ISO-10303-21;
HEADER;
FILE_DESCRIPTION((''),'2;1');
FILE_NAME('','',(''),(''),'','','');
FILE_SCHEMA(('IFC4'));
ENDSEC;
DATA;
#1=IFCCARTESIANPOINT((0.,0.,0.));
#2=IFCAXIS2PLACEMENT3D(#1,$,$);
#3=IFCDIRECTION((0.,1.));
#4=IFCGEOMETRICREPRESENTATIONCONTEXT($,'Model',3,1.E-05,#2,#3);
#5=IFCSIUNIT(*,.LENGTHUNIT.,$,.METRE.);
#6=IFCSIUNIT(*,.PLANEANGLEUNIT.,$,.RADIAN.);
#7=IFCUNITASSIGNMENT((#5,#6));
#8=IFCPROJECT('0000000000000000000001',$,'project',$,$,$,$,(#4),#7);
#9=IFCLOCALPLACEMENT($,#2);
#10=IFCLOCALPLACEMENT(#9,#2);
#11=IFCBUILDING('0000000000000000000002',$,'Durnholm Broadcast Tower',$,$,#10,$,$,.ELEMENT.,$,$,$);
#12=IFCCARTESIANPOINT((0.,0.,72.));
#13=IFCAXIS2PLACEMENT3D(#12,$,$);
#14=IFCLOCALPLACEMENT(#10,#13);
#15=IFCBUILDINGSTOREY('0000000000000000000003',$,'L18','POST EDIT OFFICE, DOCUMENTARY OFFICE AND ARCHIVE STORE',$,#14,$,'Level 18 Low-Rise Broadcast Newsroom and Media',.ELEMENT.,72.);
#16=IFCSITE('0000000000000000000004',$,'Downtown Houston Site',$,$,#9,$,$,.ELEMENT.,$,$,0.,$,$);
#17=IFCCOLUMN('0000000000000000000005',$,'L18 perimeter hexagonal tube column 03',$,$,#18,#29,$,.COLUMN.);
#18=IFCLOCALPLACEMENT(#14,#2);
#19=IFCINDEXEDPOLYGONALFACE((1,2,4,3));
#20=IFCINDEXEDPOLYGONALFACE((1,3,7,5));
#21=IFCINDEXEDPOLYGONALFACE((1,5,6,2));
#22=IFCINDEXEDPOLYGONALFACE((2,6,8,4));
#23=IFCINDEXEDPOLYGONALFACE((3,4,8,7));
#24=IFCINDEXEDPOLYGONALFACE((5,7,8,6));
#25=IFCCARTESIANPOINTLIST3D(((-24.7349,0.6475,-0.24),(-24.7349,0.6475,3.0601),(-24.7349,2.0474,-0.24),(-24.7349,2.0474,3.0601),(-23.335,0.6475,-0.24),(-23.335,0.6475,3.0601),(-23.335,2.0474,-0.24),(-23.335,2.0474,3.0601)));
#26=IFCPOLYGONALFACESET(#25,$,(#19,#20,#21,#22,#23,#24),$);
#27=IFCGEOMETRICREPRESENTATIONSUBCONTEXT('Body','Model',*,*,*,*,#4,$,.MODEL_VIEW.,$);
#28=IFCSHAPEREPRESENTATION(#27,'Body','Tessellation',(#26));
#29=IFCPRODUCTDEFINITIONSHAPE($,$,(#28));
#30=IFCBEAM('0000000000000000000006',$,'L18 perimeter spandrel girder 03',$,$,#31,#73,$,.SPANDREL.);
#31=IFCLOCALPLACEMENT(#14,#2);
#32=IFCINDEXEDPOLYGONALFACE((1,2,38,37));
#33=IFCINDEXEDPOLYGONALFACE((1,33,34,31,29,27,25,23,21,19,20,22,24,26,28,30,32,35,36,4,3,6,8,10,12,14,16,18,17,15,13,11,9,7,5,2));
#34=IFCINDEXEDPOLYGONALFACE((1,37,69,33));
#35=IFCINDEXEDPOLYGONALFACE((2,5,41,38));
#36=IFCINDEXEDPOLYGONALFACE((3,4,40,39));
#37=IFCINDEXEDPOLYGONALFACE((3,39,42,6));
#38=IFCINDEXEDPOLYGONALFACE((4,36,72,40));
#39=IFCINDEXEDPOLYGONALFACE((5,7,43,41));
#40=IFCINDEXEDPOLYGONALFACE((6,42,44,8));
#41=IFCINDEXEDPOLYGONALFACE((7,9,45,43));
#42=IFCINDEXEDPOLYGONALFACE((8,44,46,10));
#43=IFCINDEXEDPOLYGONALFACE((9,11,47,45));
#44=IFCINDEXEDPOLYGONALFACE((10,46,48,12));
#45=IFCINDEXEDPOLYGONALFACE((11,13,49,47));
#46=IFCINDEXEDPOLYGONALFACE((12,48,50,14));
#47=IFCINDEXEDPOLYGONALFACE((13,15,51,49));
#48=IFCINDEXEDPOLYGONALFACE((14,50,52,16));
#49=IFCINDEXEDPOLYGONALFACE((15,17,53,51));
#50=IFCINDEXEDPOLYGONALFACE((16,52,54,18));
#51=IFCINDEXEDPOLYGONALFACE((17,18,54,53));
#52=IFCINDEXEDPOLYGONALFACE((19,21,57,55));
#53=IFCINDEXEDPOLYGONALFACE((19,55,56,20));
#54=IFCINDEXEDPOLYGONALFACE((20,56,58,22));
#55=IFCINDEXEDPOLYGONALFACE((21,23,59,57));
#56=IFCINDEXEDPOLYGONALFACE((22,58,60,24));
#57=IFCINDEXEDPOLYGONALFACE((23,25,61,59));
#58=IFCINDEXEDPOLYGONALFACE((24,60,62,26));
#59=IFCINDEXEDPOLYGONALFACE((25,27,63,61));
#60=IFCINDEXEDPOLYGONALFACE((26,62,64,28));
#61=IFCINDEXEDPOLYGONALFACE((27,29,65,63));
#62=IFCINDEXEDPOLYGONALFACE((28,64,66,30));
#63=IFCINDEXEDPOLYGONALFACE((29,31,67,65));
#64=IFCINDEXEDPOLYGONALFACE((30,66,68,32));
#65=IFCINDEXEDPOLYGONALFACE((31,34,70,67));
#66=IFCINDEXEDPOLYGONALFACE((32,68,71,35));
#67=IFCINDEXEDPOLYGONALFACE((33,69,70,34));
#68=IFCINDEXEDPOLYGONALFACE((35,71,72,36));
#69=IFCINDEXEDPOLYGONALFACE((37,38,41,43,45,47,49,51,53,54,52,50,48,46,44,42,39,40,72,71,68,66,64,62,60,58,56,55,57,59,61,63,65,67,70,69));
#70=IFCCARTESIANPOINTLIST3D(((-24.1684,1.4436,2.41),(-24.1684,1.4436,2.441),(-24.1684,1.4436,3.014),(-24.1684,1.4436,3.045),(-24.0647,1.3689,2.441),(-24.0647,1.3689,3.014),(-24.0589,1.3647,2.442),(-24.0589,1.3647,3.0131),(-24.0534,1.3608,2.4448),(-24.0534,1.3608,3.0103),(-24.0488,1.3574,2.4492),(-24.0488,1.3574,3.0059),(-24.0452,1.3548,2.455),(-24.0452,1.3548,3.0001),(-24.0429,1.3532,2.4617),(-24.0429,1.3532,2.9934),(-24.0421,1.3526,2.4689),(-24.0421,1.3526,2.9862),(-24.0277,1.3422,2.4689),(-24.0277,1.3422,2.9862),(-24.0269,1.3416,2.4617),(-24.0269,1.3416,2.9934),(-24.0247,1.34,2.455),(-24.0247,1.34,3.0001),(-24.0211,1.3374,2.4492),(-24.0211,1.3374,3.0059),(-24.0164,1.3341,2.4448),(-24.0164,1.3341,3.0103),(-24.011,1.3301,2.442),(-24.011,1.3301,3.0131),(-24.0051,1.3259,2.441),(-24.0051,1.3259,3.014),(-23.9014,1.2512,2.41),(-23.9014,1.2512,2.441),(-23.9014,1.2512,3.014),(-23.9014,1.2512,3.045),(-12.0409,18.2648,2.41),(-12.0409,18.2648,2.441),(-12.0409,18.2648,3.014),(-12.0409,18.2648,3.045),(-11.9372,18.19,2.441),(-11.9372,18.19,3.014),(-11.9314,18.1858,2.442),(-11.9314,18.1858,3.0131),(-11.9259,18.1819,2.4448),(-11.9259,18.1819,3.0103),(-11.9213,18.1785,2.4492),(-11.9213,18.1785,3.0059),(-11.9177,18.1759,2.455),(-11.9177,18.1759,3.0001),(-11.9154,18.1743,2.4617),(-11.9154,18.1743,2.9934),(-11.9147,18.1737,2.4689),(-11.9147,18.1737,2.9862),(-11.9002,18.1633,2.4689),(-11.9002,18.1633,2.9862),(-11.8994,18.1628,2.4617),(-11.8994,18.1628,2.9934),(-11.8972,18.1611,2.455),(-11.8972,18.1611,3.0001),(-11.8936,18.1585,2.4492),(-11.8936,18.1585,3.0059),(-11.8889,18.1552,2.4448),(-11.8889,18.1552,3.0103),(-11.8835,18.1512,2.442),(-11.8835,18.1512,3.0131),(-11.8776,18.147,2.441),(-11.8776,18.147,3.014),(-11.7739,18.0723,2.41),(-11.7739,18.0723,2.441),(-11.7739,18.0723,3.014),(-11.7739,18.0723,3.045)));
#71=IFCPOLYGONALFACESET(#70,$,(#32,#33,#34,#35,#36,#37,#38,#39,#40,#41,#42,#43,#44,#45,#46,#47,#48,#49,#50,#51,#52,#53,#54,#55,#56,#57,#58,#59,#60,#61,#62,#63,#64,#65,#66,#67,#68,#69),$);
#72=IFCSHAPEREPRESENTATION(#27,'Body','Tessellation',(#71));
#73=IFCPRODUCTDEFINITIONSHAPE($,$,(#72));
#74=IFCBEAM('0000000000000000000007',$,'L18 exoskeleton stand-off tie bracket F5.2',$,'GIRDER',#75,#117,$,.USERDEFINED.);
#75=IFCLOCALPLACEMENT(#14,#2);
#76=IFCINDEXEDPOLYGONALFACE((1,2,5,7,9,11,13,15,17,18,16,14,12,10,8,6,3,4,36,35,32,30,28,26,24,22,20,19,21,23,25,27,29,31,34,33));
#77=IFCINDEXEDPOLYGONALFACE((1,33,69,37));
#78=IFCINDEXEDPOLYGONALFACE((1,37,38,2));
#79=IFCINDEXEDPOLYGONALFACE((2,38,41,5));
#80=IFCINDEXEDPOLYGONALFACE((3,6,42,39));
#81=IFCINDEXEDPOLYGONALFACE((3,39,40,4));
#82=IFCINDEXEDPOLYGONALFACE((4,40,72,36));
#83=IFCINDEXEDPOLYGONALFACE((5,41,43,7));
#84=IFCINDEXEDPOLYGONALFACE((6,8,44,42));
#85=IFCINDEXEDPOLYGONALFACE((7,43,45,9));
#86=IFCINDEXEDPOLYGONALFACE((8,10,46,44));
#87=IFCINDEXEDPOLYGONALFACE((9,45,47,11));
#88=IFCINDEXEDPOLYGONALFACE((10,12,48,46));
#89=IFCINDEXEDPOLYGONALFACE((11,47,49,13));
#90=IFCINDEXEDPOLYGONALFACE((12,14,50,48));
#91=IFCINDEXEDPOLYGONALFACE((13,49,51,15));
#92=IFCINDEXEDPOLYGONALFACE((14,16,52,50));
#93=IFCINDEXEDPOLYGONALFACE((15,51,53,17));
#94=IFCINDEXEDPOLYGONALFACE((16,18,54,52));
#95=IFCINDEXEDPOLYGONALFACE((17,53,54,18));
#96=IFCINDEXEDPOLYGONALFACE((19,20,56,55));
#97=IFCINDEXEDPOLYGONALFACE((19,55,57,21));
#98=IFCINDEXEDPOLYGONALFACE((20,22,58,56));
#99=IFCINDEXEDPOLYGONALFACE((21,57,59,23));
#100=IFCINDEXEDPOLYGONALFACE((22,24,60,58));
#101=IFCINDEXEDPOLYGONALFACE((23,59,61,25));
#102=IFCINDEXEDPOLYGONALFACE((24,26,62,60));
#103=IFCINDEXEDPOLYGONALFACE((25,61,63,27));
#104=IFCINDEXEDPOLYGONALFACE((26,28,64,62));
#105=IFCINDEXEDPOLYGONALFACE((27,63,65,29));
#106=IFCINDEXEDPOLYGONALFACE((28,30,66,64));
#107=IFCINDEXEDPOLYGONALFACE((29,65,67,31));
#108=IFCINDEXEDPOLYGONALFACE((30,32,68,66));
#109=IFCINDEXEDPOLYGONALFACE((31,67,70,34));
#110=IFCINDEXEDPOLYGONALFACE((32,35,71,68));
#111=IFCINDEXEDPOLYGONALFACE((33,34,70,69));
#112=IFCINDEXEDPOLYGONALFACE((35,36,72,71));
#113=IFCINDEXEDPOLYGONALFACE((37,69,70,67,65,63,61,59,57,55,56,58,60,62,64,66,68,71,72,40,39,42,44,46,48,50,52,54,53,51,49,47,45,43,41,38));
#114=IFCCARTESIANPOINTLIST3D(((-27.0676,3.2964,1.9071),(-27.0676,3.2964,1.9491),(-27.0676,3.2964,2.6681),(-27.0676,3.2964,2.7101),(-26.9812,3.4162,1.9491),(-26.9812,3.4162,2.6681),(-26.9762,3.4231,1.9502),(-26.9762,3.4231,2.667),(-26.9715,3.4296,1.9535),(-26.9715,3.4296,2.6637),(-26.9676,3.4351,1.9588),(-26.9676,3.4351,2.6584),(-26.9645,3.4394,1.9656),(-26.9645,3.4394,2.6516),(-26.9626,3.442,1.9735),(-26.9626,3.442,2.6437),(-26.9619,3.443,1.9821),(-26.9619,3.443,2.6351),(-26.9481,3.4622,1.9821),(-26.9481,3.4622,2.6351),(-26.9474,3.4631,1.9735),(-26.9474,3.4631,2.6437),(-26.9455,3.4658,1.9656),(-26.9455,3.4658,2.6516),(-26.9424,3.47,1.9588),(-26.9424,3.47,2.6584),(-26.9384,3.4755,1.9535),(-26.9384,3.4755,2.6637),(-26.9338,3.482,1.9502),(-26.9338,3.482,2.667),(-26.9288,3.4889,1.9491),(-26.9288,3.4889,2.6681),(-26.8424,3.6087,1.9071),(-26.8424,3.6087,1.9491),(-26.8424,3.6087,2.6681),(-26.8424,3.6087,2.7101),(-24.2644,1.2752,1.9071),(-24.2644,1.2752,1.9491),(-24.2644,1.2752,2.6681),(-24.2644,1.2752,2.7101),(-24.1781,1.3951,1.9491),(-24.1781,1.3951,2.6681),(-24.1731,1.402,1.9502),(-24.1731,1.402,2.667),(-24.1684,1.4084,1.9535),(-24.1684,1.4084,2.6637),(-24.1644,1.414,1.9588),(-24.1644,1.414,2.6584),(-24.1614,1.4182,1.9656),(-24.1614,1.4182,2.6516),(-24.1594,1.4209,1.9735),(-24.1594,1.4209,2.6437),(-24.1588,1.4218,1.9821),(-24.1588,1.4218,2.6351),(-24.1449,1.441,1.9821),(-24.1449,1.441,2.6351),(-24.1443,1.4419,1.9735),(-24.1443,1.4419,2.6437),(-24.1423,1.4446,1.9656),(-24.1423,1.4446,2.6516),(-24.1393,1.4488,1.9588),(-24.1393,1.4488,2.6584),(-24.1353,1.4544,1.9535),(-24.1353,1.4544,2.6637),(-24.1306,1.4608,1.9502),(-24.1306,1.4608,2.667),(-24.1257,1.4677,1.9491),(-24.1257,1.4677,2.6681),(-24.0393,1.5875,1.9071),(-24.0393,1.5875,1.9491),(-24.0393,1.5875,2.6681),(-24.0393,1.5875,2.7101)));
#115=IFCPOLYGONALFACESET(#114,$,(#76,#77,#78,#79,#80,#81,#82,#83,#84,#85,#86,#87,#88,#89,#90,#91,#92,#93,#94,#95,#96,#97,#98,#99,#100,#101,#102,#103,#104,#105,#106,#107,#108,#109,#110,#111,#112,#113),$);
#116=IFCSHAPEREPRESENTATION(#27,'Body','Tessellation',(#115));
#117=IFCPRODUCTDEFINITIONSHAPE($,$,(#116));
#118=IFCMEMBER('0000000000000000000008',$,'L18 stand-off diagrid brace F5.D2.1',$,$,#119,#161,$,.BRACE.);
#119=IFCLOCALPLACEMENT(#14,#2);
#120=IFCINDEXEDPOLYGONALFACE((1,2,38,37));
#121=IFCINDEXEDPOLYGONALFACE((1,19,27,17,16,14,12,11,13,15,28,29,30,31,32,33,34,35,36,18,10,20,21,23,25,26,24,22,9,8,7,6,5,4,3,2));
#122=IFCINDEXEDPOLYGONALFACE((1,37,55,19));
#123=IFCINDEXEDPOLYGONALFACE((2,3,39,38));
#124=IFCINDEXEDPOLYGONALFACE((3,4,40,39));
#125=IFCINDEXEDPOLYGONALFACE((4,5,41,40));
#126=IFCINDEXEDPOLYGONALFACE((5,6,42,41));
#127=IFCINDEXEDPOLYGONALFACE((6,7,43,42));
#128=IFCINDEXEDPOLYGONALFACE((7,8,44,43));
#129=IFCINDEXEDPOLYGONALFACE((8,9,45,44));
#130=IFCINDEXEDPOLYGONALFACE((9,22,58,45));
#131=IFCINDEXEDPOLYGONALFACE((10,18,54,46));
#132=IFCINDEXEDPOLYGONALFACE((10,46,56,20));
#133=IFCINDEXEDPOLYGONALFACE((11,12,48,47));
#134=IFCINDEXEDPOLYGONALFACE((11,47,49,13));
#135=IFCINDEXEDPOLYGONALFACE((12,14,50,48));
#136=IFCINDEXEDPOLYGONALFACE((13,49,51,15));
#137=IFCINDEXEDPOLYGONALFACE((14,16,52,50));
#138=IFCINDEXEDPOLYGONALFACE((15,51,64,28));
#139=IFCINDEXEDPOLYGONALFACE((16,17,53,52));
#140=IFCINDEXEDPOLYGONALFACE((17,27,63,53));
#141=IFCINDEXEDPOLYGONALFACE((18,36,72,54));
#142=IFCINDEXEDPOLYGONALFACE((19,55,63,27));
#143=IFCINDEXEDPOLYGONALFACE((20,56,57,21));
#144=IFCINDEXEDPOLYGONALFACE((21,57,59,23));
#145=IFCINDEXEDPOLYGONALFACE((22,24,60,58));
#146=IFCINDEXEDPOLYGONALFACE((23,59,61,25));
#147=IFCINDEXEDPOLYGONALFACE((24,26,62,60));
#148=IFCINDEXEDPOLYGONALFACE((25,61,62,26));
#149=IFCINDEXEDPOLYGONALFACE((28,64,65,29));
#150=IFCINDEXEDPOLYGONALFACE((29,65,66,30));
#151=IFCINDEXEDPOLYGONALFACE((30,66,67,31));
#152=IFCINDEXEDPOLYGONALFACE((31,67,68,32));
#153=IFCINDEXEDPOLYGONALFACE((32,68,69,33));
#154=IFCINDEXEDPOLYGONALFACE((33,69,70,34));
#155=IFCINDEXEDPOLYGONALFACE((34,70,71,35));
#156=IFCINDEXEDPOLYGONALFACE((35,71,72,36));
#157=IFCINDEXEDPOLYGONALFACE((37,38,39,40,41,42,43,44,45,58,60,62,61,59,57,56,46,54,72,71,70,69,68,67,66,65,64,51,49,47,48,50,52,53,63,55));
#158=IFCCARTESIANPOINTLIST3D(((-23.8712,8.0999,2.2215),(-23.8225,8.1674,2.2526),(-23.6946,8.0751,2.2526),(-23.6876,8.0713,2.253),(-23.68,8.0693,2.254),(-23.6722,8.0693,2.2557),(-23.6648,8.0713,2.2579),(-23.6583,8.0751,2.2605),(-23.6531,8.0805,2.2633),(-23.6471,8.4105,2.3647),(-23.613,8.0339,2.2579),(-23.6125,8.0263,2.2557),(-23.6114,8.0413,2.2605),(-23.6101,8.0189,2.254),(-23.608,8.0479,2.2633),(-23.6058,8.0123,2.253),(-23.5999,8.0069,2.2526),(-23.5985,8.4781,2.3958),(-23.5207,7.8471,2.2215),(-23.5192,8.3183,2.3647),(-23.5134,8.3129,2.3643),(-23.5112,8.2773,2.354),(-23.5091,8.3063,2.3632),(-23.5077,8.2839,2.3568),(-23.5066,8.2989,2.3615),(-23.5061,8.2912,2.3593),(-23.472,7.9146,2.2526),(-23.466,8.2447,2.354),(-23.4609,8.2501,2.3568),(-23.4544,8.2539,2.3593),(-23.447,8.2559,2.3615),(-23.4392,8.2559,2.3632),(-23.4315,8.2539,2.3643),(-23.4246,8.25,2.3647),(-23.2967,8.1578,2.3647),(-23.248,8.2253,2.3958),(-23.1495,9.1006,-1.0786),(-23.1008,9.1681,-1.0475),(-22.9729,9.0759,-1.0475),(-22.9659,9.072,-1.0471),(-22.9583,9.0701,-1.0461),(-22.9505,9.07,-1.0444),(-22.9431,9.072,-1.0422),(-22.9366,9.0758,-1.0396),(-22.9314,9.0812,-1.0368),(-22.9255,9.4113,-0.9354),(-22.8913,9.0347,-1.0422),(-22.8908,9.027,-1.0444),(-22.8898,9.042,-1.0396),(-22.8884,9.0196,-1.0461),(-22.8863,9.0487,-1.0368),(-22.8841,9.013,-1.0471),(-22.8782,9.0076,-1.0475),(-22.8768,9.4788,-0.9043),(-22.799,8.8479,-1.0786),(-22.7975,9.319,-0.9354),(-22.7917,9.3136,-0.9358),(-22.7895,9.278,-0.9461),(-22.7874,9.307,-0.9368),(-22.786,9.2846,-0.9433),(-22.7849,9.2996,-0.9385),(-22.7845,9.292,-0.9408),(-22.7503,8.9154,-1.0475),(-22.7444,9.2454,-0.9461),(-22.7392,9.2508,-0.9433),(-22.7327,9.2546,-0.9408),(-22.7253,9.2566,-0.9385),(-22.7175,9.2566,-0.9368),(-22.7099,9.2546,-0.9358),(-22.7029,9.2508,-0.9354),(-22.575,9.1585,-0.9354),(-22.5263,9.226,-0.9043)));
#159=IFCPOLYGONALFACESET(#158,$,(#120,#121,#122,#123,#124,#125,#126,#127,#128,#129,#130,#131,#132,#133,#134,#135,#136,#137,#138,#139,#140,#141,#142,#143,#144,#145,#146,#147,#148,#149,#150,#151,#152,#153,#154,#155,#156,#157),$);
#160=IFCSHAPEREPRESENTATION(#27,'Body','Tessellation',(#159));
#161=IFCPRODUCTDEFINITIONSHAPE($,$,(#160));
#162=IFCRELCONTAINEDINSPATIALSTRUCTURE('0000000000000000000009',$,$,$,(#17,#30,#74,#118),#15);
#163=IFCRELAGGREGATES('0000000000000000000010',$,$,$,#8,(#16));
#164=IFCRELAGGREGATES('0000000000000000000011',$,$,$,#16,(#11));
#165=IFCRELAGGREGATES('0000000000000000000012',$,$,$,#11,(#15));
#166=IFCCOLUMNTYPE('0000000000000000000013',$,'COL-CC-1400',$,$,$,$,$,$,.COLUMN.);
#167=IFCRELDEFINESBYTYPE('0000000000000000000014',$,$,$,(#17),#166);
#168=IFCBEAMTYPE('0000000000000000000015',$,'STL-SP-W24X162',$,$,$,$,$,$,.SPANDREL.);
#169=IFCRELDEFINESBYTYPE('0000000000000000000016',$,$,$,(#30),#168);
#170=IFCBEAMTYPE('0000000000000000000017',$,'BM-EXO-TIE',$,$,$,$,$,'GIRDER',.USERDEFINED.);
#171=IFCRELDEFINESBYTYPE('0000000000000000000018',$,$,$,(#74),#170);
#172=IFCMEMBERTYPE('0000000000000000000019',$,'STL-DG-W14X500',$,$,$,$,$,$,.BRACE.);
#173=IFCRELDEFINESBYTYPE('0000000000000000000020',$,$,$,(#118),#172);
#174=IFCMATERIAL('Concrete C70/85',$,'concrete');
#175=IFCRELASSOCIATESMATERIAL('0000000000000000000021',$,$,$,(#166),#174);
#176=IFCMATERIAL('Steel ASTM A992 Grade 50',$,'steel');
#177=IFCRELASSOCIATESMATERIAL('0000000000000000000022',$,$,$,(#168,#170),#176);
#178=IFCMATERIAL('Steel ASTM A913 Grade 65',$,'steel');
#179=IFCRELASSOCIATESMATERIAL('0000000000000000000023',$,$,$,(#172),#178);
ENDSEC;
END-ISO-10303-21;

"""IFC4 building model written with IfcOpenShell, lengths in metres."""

from ifc_helpers import new_model, si_unit, direction, frame, origin, origin_2d, place, context, subcontext, project, spatial, rectangle, i_section, extrude, source, transform, mapped, material, material_profile, profile_set, type_object, type_shapes, element, save


model = new_model("IFC4")

# Units and contexts
model_context = context("Model", 3, precision=1e-05, world=origin(), true_north=direction((0.0, 1.0)))
body_context = subcontext(model_context, "Body", "Model", "MODEL_VIEW")
ifc_project = project(units=[si_unit("LENGTHUNIT", "METRE"), si_unit("PLANEANGLEUNIT", "RADIAN")], contexts=[model_context])

# Site, building, storey
site_placement = place(None, origin())
site = spatial("IfcSite", under=ifc_project, at=site_placement, Name="Downtown Houston Site", CompositionType="ELEMENT", RefElevation=0.0)
building_placement = place(site_placement, origin())
building = spatial("IfcBuilding", under=site, at=building_placement, Name="Durnholm Broadcast Tower", CompositionType="ELEMENT")
storey_placement = place(building_placement, frame((0.0, 0.0, 72.0)))
storey = spatial("IfcBuildingStorey", under=building, at=storey_placement, Name="L18", Description="POST EDIT OFFICE, DOCUMENTARY OFFICE AND ARCHIVE STORE", LongName="Level 18 Low-Rise Broadcast Newsroom and Media", CompositionType="ELEMENT", Elevation=72.0)

# Column
ifc_material_1 = material(Name="Concrete C70/85", Category="concrete")
ifc_material_profile_1 = material_profile(ifc_material_1, rectangle(XDim=1.3999, YDim=1.3999, at=origin_2d()), Name="RC1400X1400")
ifc_profile_set_1 = profile_set([ifc_material_profile_1], Name="Concrete C70/85")
column_type = type_object("IfcColumnType", Name="COL-CC-1400", PredefinedType="COLUMN", material=ifc_profile_set_1)
shared_shape_1 = source(origin(), body_context, "Body", "SweptSolid", [
    extrude(rectangle(XDim=1.3999, YDim=1.3999, at=origin_2d()), origin(), (0.0, 0.0, 1.0), 3.3),
])
type_shapes(column_type, [shared_shape_1])
column_placement = place(storey_placement, frame((-24.0349, 1.3474, -0.24), z_axis=(0.0, 0.0, 1.0), x_axis=(1.0, 0.0, 0.0)))
element("IfcColumn", 1, at=column_placement, inside=storey, type_object=column_type, Name="L18 perimeter hexagonal tube column 03", PredefinedType="COLUMN", context=body_context, shape_type="MappedRepresentation", body=[
    mapped(shared_shape_1, transform((0.0, 0.0, 0.0), x_axis=(1.0, 0.0, 0.0), y_axis=(0.0, 1.0, 0.0), z_axis=(0.0, 0.0, 1.0), scale=1.0)),
])

# Beams
ifc_material_2 = material(Name="Steel ASTM A992 Grade 50", Category="steel")
ifc_material_profile_2 = material_profile(ifc_material_2, i_section(OverallWidth=0.3291, OverallDepth=0.635, WebThickness=0.0178, FlangeThickness=0.031, FilletRadius=0.0278, at=origin_2d()), Name="W24X162")
ifc_profile_set_2 = profile_set([ifc_material_profile_2], Name="Steel ASTM A992 Grade 50")
beam_type_1 = type_object("IfcBeamType", Name="STL-SP-W24X162", PredefinedType="SPANDREL", material=ifc_profile_set_2)
shared_shape_2 = source(origin(), body_context, "Body", "SweptSolid", [
    extrude(i_section(OverallWidth=0.3291, OverallDepth=0.635, WebThickness=0.0178, FlangeThickness=0.031, FilletRadius=0.0278, at=origin_2d()), origin(), (0.0, 0.0, 1.0), 20.7371),
])
type_shapes(beam_type_1, [shared_shape_2])
beam_1_placement = place(storey_placement, frame((-24.0349, 1.3474, 2.7275), z_axis=(0.584822, 0.811162, 0.0), x_axis=(-0.811162, 0.584822, 0.0)))
element("IfcBeam", 2, at=beam_1_placement, inside=storey, type_object=beam_type_1, Name="L18 perimeter spandrel girder 03", PredefinedType="SPANDREL", context=body_context, shape_type="MappedRepresentation", body=[
    mapped(shared_shape_2, transform((0.0, 0.0, 0.0), x_axis=(1.0, 0.0, 0.0), y_axis=(0.0, 1.0, 0.0), z_axis=(0.0, 0.0, 1.0), scale=1.0)),
])
ifc_material_profile_3 = material_profile(ifc_material_2, i_section(OverallWidth=0.385, OverallDepth=0.803, WebThickness=0.0237, FlangeThickness=0.042, FilletRadius=0.033, at=origin_2d()), Name="W30X261")
ifc_profile_set_3 = profile_set([ifc_material_profile_3], Name="Steel ASTM A992 Grade 50")
beam_type_2 = type_object("IfcBeamType", Name="BM-EXO-TIE", ElementType="GIRDER", PredefinedType="USERDEFINED", material=ifc_profile_set_3)
shared_shape_3 = source(origin(), body_context, "Body", "SweptSolid", [
    extrude(i_section(OverallWidth=0.385, OverallDepth=0.803, WebThickness=0.0237, FlangeThickness=0.042, FilletRadius=0.033, at=origin_2d()), origin(), (0.0, 0.0, 1.0), 3.4558),
])
type_shapes(beam_type_2, [shared_shape_3])
beam_2_placement = place(storey_placement, frame((-24.1519, 1.4314, 2.3086), z_axis=(-0.811134, 0.584861, 0.0), x_axis=(-0.584861, -0.811134, 0.0)))
element("IfcBeam", 3, at=beam_2_placement, inside=storey, type_object=beam_type_2, Name="L18 exoskeleton stand-off tie bracket F5.2", ObjectType="GIRDER", PredefinedType="USERDEFINED", context=body_context, shape_type="MappedRepresentation", body=[
    mapped(shared_shape_3, transform((0.0, 0.0, 0.0), x_axis=(1.0, 0.0, 0.0), y_axis=(0.0, 1.0, 0.0), z_axis=(0.0, 0.0, 1.0), scale=1.0)),
])

# Member
ifc_material_3 = material(Name="Steel ASTM A913 Grade 65", Category="steel")
ifc_material_profile_4 = material_profile(ifc_material_3, i_section(OverallWidth=0.4321, OverallDepth=0.4978, WebThickness=0.0557, FlangeThickness=0.0889, FilletRadius=0.0305, at=origin_2d()), Name="W14X500")
ifc_profile_set_4 = profile_set([ifc_material_profile_4], Name="Steel ASTM A913 Grade 65")
member_type_1 = type_object("IfcMemberType", Name="STL-DG-W14X500", PredefinedType="BRACE", material=ifc_profile_set_4)
shared_shape_4 = source(origin(), body_context, "Body", "SweptSolid", [
    extrude(i_section(OverallWidth=0.4321, OverallDepth=0.4978, WebThickness=0.0557, FlangeThickness=0.0889, FilletRadius=0.0305, at=origin_2d()), origin(), (0.0, 0.0, 1.0), 3.5232),
])
type_shapes(member_type_1, [shared_shape_4])
for number, where, z_axis, x_axis, name in (
    (4, (-22.8379, 9.1633, -0.9915), (-0.204839, -0.284045, 0.936675), (0.811091, -0.58492, 0.0), "L18 stand-off diagrid brace F5.D2.1"),
):
    element("IfcMember", number, at=place(storey_placement, frame(where, z_axis=z_axis, x_axis=x_axis)), inside=storey, type_object=member_type_1, Name=name, PredefinedType="BRACE", context=body_context, shape_type="MappedRepresentation", body=[
        mapped(shared_shape_4, transform((0.0, 0.0, 0.0), x_axis=(1.0, 0.0, 0.0), y_axis=(0.0, 1.0, 0.0), z_axis=(0.0, 0.0, 1.0), scale=1.0)),
    ])

save(model, "model.ifc")
